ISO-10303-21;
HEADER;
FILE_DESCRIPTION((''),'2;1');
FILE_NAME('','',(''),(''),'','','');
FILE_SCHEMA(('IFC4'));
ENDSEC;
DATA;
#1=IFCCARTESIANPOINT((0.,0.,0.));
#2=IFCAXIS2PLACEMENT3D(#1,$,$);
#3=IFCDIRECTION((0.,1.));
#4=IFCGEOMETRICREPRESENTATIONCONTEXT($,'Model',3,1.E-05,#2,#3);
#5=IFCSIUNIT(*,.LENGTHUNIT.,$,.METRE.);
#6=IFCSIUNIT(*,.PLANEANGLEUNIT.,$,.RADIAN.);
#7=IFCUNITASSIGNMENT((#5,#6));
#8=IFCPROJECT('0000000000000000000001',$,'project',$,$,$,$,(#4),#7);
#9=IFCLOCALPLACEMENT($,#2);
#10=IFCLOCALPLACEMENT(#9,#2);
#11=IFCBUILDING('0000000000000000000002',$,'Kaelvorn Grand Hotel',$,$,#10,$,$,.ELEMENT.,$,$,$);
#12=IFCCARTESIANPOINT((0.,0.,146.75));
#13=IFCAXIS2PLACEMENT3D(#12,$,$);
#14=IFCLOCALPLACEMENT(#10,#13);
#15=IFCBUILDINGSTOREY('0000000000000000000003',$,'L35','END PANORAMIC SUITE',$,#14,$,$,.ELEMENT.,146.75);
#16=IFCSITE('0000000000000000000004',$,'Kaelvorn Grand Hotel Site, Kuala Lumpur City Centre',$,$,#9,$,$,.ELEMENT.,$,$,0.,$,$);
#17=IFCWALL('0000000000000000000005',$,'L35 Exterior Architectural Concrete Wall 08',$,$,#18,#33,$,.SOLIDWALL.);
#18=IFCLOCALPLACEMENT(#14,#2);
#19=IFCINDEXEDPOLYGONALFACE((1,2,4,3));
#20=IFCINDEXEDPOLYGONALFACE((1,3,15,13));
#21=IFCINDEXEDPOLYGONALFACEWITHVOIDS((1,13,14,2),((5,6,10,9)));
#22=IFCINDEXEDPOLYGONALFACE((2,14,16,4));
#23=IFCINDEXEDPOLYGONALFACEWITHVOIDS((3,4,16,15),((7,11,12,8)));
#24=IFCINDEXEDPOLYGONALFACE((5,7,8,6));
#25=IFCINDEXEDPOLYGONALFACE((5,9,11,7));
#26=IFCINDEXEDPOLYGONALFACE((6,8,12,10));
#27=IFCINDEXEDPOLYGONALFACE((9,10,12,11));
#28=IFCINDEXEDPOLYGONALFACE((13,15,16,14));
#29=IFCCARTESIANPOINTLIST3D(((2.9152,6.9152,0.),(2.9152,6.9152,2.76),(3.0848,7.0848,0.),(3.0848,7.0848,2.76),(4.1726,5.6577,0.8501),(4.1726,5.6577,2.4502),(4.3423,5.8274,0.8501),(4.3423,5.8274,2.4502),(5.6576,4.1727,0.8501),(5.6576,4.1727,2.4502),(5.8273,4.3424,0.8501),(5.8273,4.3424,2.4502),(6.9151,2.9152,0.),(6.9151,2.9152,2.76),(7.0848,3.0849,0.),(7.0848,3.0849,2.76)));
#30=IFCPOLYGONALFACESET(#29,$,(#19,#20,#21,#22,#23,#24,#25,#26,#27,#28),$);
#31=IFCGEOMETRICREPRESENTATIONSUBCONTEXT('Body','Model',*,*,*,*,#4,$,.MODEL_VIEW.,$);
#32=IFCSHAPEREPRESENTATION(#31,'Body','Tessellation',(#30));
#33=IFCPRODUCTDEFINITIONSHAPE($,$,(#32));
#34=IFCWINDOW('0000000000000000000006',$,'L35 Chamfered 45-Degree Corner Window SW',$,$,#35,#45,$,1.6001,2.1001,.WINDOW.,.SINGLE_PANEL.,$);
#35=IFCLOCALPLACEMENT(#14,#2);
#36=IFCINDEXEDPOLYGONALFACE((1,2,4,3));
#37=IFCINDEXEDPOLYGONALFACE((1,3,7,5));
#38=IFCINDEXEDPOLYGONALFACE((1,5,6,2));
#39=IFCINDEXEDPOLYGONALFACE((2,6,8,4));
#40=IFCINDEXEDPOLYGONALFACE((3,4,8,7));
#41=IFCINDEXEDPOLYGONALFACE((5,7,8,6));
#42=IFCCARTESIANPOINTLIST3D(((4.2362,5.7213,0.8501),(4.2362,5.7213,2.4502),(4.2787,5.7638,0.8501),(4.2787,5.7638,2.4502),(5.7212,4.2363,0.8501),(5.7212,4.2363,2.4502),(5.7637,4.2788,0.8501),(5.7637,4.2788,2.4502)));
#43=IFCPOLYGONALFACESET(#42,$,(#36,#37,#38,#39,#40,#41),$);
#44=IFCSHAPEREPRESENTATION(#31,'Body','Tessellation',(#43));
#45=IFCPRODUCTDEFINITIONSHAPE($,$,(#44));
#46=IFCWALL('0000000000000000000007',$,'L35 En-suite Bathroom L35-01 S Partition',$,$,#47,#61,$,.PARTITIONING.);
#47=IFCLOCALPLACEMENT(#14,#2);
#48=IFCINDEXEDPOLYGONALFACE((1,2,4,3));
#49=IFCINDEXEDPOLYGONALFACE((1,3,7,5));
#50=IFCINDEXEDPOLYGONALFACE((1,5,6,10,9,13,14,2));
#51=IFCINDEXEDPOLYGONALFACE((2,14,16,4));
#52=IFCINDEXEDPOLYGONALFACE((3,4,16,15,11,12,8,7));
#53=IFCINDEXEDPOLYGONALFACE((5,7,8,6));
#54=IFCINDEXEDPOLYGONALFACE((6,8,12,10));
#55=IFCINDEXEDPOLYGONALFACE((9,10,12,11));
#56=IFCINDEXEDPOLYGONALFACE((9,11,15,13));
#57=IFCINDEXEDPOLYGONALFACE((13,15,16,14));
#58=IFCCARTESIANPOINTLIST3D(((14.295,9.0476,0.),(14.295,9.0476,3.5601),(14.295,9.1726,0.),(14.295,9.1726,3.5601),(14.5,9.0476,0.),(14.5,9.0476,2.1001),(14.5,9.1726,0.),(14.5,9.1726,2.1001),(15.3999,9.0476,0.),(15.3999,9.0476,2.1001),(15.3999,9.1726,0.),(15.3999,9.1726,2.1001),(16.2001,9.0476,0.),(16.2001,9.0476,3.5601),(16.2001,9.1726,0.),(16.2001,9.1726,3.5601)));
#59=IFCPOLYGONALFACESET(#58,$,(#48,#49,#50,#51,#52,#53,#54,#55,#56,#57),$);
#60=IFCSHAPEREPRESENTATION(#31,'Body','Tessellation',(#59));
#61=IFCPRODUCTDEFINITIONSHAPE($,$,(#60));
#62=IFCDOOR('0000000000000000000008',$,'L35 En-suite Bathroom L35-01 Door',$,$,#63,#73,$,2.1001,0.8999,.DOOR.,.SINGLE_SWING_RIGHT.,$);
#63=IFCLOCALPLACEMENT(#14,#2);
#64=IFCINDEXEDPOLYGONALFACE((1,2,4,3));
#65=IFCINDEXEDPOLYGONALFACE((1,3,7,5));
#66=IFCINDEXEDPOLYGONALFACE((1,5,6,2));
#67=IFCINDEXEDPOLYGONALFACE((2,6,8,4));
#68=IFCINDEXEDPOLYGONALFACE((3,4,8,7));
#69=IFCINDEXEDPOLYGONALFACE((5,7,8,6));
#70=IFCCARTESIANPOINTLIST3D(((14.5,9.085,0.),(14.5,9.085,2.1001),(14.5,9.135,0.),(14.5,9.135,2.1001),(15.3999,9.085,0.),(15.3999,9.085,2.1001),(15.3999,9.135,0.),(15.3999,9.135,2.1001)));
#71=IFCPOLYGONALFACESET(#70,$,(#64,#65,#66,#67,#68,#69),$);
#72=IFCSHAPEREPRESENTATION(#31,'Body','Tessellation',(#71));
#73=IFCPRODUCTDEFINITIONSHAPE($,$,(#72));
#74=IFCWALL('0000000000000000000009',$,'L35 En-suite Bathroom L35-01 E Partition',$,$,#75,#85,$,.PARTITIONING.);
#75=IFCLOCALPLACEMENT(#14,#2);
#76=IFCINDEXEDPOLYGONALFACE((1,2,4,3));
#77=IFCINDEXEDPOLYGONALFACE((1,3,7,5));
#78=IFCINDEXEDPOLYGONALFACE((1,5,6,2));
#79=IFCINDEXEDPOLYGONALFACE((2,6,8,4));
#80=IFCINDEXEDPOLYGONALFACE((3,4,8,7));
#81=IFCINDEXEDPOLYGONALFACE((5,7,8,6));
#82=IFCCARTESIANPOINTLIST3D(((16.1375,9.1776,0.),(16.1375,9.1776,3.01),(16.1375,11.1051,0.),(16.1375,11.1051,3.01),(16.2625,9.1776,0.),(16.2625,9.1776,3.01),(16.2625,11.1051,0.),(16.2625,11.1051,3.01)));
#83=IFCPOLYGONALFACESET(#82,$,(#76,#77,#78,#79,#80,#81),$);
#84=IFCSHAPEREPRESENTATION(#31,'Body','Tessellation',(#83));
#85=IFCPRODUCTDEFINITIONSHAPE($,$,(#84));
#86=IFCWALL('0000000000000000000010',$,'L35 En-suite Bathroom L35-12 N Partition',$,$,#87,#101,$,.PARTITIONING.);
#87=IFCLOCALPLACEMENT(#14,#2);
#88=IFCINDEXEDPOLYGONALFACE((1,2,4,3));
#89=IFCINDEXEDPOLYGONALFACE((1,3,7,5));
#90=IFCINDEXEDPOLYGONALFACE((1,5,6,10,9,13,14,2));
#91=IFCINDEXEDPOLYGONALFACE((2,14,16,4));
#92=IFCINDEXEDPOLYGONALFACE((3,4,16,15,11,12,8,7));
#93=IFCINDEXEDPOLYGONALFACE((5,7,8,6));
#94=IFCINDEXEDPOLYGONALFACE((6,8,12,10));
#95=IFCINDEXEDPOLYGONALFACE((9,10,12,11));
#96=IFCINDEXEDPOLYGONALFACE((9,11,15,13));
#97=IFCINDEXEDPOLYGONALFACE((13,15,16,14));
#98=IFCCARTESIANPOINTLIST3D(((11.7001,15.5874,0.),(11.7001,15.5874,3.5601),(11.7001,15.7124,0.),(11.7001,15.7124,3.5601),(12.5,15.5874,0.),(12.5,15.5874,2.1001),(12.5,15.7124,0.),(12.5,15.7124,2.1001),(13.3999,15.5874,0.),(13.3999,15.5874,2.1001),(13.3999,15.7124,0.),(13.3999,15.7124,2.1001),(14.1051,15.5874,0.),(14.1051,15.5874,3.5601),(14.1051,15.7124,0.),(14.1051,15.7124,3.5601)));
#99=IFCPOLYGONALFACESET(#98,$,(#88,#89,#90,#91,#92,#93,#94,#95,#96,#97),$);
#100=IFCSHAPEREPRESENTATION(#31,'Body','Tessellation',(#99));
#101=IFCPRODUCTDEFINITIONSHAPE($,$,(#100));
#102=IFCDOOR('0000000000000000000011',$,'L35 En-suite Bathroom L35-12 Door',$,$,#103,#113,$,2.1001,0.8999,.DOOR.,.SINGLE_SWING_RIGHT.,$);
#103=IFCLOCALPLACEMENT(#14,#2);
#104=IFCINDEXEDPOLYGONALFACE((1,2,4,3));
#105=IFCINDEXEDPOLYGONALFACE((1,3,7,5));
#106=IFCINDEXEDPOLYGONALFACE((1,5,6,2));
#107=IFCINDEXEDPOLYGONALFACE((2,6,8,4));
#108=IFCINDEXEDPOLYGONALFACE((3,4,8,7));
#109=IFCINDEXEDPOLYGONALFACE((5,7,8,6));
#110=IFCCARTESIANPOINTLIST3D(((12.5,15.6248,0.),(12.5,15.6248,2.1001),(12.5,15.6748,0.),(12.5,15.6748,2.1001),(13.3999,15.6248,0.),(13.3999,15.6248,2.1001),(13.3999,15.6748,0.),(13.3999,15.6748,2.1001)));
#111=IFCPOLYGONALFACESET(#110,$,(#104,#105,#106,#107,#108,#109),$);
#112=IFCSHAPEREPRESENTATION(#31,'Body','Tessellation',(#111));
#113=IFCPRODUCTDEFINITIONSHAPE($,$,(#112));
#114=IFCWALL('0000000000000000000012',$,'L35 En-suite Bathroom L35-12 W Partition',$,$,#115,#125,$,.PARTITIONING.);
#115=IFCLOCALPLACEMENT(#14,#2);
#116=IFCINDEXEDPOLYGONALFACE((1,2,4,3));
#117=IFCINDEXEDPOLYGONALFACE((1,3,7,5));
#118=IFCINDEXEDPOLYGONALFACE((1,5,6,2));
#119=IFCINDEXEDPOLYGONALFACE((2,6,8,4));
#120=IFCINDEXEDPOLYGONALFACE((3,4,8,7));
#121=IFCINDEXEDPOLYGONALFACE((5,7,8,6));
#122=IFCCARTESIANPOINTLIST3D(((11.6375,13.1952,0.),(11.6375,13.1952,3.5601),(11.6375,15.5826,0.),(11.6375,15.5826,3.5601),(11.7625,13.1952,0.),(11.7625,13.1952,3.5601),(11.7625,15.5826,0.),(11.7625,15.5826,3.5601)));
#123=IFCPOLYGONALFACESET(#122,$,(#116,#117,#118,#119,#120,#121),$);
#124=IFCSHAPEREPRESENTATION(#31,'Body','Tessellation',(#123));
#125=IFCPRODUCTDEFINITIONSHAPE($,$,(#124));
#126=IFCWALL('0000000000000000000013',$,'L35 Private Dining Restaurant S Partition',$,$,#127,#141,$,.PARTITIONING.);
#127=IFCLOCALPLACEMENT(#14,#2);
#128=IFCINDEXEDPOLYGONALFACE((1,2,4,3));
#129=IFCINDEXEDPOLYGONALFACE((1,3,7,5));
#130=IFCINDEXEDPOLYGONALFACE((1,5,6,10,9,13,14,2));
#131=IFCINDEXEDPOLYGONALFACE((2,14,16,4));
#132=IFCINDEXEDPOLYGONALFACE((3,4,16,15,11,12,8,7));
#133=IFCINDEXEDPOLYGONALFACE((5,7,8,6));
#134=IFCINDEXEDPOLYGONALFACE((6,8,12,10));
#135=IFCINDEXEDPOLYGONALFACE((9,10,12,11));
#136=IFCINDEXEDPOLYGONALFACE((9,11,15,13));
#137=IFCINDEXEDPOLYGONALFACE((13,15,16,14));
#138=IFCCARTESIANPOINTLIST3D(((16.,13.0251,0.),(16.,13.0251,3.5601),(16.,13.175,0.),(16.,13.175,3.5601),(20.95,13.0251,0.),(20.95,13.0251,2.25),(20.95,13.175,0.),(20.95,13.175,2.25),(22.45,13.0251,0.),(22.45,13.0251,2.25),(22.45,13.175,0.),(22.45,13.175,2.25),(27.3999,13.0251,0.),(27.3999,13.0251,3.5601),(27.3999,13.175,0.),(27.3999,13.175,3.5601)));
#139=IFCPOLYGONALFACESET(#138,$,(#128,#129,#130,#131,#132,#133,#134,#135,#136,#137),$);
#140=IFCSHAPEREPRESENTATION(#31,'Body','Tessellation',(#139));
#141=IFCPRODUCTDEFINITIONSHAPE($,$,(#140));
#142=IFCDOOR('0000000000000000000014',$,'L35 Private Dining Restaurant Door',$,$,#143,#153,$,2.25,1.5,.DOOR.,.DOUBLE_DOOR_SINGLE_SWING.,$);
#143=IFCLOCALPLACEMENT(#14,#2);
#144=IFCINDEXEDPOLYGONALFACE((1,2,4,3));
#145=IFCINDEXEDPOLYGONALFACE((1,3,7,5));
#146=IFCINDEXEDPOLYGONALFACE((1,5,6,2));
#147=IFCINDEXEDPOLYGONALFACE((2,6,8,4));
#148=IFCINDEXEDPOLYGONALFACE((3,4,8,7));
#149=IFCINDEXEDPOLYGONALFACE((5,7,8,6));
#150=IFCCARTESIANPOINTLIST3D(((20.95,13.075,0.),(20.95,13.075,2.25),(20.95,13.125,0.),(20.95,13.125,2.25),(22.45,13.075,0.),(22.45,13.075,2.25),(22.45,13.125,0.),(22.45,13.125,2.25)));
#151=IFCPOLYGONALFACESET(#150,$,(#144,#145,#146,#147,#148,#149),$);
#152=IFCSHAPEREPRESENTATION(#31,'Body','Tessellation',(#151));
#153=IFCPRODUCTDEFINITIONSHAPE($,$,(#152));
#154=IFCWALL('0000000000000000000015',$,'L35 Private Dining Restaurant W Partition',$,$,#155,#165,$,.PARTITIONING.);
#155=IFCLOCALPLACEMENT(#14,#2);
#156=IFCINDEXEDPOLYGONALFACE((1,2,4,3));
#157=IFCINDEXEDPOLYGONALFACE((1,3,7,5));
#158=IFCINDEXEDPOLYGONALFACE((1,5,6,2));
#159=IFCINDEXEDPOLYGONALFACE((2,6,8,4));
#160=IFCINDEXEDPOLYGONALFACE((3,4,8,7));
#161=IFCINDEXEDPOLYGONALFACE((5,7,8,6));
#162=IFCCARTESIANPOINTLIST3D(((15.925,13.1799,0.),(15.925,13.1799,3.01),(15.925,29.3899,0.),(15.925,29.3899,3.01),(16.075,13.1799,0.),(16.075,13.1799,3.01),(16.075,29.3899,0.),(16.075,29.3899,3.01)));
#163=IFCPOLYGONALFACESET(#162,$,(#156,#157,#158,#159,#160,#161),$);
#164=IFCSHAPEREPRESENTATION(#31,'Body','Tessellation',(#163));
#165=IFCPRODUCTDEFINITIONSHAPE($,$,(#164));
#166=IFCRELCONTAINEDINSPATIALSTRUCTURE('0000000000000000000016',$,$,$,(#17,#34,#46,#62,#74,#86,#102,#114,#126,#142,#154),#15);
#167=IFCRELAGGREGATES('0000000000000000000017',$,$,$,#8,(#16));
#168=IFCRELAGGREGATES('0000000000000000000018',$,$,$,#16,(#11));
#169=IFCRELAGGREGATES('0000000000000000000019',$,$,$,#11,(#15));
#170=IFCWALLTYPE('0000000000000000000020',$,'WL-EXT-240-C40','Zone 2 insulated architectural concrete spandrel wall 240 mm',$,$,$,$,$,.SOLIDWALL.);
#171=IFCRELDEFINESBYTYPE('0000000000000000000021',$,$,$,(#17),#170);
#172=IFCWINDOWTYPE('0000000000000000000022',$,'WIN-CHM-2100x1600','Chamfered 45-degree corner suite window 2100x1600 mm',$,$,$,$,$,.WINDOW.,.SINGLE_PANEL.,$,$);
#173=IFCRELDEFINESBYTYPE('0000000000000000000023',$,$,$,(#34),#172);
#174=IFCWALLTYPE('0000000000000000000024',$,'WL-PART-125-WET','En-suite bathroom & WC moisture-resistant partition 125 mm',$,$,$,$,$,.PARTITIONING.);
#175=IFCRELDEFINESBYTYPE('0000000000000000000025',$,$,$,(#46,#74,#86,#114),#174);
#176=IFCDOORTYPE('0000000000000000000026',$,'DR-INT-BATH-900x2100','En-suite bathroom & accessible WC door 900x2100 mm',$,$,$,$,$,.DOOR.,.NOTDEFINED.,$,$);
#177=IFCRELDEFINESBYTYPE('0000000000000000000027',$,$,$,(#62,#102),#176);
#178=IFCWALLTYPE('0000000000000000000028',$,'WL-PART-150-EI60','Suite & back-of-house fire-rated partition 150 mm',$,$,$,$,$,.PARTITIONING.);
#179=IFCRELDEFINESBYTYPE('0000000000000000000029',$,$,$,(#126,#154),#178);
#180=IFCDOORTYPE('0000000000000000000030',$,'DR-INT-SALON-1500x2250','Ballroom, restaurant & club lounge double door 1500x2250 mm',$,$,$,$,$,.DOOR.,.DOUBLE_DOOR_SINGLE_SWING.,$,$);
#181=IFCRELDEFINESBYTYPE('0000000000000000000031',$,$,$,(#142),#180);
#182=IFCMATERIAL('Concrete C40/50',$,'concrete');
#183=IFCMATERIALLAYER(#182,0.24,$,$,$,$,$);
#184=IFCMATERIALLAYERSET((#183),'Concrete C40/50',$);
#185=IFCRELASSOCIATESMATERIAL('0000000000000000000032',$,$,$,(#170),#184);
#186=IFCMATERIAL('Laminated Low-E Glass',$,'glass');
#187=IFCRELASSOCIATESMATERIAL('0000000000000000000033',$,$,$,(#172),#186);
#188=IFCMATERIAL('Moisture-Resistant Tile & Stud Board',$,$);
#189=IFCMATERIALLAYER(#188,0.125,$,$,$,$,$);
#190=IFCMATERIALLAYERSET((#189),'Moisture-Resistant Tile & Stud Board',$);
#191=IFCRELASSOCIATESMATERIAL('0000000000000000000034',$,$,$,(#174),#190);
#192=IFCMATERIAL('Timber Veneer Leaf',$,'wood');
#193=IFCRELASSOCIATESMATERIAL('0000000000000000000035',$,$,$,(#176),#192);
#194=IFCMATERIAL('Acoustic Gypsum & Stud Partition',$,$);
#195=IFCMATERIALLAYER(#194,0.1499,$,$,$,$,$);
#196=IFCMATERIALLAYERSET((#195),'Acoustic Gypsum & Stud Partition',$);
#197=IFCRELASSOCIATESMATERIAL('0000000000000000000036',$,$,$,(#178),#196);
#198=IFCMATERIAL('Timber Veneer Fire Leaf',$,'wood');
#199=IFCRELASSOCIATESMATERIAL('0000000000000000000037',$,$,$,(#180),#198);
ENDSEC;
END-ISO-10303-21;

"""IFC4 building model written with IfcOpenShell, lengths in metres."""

from ifc_helpers import new_model, si_unit, direction, frame, frame_2d, origin, place, context, subcontext, project, spatial, rectangle, extrude, material, layer, layer_set, type_object, element, fill, save


model = new_model("IFC4")

# Units and contexts
model_context = context("Model", 3, precision=1e-05, world=origin(), true_north=direction((0.0, 1.0)))
body_context = subcontext(model_context, "Body", "Model", "MODEL_VIEW")
ifc_project = project(units=[si_unit("LENGTHUNIT", "METRE"), si_unit("PLANEANGLEUNIT", "RADIAN")], contexts=[model_context])

# Site, building, storey
site_placement = place(None, origin())
site = spatial("IfcSite", under=ifc_project, at=site_placement, Name="Kaelvorn Grand Hotel Site, Kuala Lumpur City Centre", CompositionType="ELEMENT", RefElevation=0.0)
building_placement = place(site_placement, origin())
building = spatial("IfcBuilding", under=site, at=building_placement, Name="Kaelvorn Grand Hotel", CompositionType="ELEMENT")
storey_placement = place(building_placement, frame((0.0, 0.0, 146.75)))
storey = spatial("IfcBuildingStorey", under=building, at=storey_placement, Name="L35", Description="END PANORAMIC SUITE", CompositionType="ELEMENT", Elevation=146.75)

# Wall, opening, window
ifc_material_1 = material(Name="Concrete C40/50", Category="concrete")
ifc_layer_1 = layer(ifc_material_1, 0.24)
ifc_layer_set_1 = layer_set([ifc_layer_1], Name="Concrete C40/50")
wall_type_1 = type_object("IfcWallType", Name="WL-EXT-240-C40", Description="Zone 2 insulated architectural concrete spandrel wall 240 mm", PredefinedType="SOLIDWALL", material=ifc_layer_set_1)
wall_1_placement = place(storey_placement, frame((3.0, 7.0, 0.0), z_axis=(0.0, 0.0, 1.0), x_axis=(0.707107, -0.707107, 0.0)))
wall_1 = element("IfcWall", 1, at=wall_1_placement, inside=storey, type_object=wall_type_1, Name="L35 Exterior Architectural Concrete Wall 08", PredefinedType="SOLIDWALL", context=body_context, shape_type="SweptSolid", body=[
    extrude(rectangle(XDim=5.6567, YDim=0.24, at=frame_2d((2.8284, 0.0))), origin(), (0.0, 0.0, 1.0), 2.76),
])
opening_1_placement = place(wall_1_placement, frame((1.7783, 0.0, 0.8501)))
opening_1 = element("IfcOpeningElement", 2, at=opening_1_placement, cuts=wall_1, PredefinedType="OPENING", context=body_context, shape_type="SweptSolid", body=[
    extrude(rectangle(XDim=2.1001, YDim=1.6001, at=frame_2d((1.05, 0.8))), frame((0.0, 0.1299, 0.0), z_axis=(0.0, -1.0, 0.0), x_axis=(1.0, 0.0, 0.0)), (0.0, 0.0, 1.0), 0.26),
])
ifc_material_2 = material(Name="Laminated Low-E Glass", Category="glass")
window_type = type_object("IfcWindowType", Name="WIN-CHM-2100x1600", Description="Chamfered 45-degree corner suite window 2100x1600 mm", PartitioningType="SINGLE_PANEL", PredefinedType="WINDOW", material=ifc_material_2)
window_placement = place(opening_1_placement, origin())
window = element("IfcWindow", 3, at=window_placement, inside=storey, type_object=window_type, Name="L35 Chamfered 45-Degree Corner Window SW", OverallHeight=1.6001, OverallWidth=2.1001, PartitioningType="SINGLE_PANEL", PredefinedType="WINDOW", context=body_context, shape_type="SweptSolid", body=[
    extrude(rectangle(XDim=2.1001, YDim=1.6001, at=frame_2d((1.05, 0.8))), frame((0.0, 0.03, 0.0), z_axis=(0.0, -1.0, 0.0), x_axis=(1.0, 0.0, 0.0)), (0.0, 0.0, 1.0), 0.0601),
])
fill(opening_1, window)

# Wall, opening, door
ifc_material_3 = material(Name="Moisture-Resistant Tile & Stud Board")
ifc_layer_2 = layer(ifc_material_3, 0.125)
ifc_layer_set_2 = layer_set([ifc_layer_2], Name="Moisture-Resistant Tile & Stud Board")
wall_type_2 = type_object("IfcWallType", Name="WL-PART-125-WET", Description="En-suite bathroom & WC moisture-resistant partition 125 mm", PredefinedType="PARTITIONING", material=ifc_layer_set_2)
wall_2_placement = place(storey_placement, frame((14.2949, 9.1101, 0.0), z_axis=(0.0, 0.0, 1.0), x_axis=(1.0, 0.0, 0.0)))
wall_2 = element("IfcWall", 4, at=wall_2_placement, inside=storey, type_object=wall_type_2, Name="L35 En-suite Bathroom L35-01 S Partition", PredefinedType="PARTITIONING", context=body_context, shape_type="SweptSolid", body=[
    extrude(rectangle(XDim=1.905, YDim=0.125, at=frame_2d((0.9526, 0.0))), origin(), (0.0, 0.0, 1.0), 3.5601),
])
opening_2_placement = place(wall_2_placement, frame((0.2051, 0.0, 0.0)))
opening_2 = element("IfcOpeningElement", 5, at=opening_2_placement, cuts=wall_2, PredefinedType="OPENING", context=body_context, shape_type="SweptSolid", body=[
    extrude(rectangle(XDim=0.8999, YDim=2.1001, at=frame_2d((0.45, 1.05))), frame((0.0, 0.0725, 0.0), z_axis=(0.0, -1.0, 0.0), x_axis=(1.0, 0.0, 0.0)), (0.0, 0.0, 1.0), 0.145),
])
ifc_material_4 = material(Name="Timber Veneer Leaf", Category="wood")
door_type_1 = type_object("IfcDoorType", Name="DR-INT-BATH-900x2100", Description="En-suite bathroom & accessible WC door 900x2100 mm", OperationType="NOTDEFINED", PredefinedType="DOOR", material=ifc_material_4)
door_1_placement = place(opening_2_placement, origin())
door_1 = element("IfcDoor", 6, at=door_1_placement, inside=storey, type_object=door_type_1, Name="L35 En-suite Bathroom L35-01 Door", OperationType="SINGLE_SWING_RIGHT", OverallHeight=2.1001, OverallWidth=0.8999, PredefinedType="DOOR", context=body_context, shape_type="SweptSolid", body=[
    extrude(rectangle(XDim=0.8999, YDim=2.1001, at=frame_2d((0.45, 1.05))), frame((0.0, 0.0249, 0.0), z_axis=(0.0, -1.0, 0.0), x_axis=(1.0, 0.0, 0.0)), (0.0, 0.0, 1.0), 0.05),
])
fill(opening_2, door_1)

# Wall
wall_3_placement = place(storey_placement, frame((16.2, 9.1775, 0.0), z_axis=(0.0, 0.0, 1.0), x_axis=(0.0, 1.0, 0.0)))
element("IfcWall", 7, at=wall_3_placement, inside=storey, type_object=wall_type_2, Name="L35 En-suite Bathroom L35-01 E Partition", PredefinedType="PARTITIONING", context=body_context, shape_type="SweptSolid", body=[
    extrude(rectangle(XDim=1.9275, YDim=0.125, at=frame_2d((0.9639, 0.0))), origin(), (0.0, 0.0, 1.0), 3.01),
])

# Wall, opening, door
wall_4_placement = place(storey_placement, frame((11.7, 15.6499, 0.0), z_axis=(0.0, 0.0, 1.0), x_axis=(1.0, 0.0, 0.0)))
wall_4 = element("IfcWall", 8, at=wall_4_placement, inside=storey, type_object=wall_type_2, Name="L35 En-suite Bathroom L35-12 N Partition", PredefinedType="PARTITIONING", context=body_context, shape_type="SweptSolid", body=[
    extrude(rectangle(XDim=2.405, YDim=0.125, at=frame_2d((1.2026, 0.0))), origin(), (0.0, 0.0, 1.0), 3.5601),
])
opening_3_placement = place(wall_4_placement, frame((0.8, 0.0, 0.0)))
opening_3 = element("IfcOpeningElement", 9, at=opening_3_placement, cuts=wall_4, PredefinedType="OPENING", context=body_context, shape_type="SweptSolid", body=[
    extrude(rectangle(XDim=0.8999, YDim=2.1001, at=frame_2d((0.45, 1.05))), frame((0.0, 0.0725, 0.0), z_axis=(0.0, -1.0, 0.0), x_axis=(1.0, 0.0, 0.0)), (0.0, 0.0, 1.0), 0.145),
])
door_2_placement = place(opening_3_placement, origin())
door_2 = element("IfcDoor", 10, at=door_2_placement, inside=storey, type_object=door_type_1, Name="L35 En-suite Bathroom L35-12 Door", OperationType="SINGLE_SWING_RIGHT", OverallHeight=2.1001, OverallWidth=0.8999, PredefinedType="DOOR", context=body_context, shape_type="SweptSolid", body=[
    extrude(rectangle(XDim=0.8999, YDim=2.1001, at=frame_2d((0.45, 1.05))), frame((0.0, 0.0249, 0.0), z_axis=(0.0, -1.0, 0.0), x_axis=(1.0, 0.0, 0.0)), (0.0, 0.0, 1.0), 0.05),
])
fill(opening_3, door_2)

# Wall
wall_5_placement = place(storey_placement, frame((11.7, 13.1951, 0.0), z_axis=(0.0, 0.0, 1.0), x_axis=(0.0, 1.0, 0.0)))
element("IfcWall", 11, at=wall_5_placement, inside=storey, type_object=wall_type_2, Name="L35 En-suite Bathroom L35-12 W Partition", PredefinedType="PARTITIONING", context=body_context, shape_type="SweptSolid", body=[
    extrude(rectangle(XDim=2.3875, YDim=0.125, at=frame_2d((1.1938, 0.0))), origin(), (0.0, 0.0, 1.0), 3.5601),
])

# Wall, opening, door
ifc_material_5 = material(Name="Acoustic Gypsum & Stud Partition")
ifc_layer_3 = layer(ifc_material_5, 0.1499)
ifc_layer_set_3 = layer_set([ifc_layer_3], Name="Acoustic Gypsum & Stud Partition")
wall_type_3 = type_object("IfcWallType", Name="WL-PART-150-EI60", Description="Suite & back-of-house fire-rated partition 150 mm", PredefinedType="PARTITIONING", material=ifc_layer_set_3)
wall_6_placement = place(storey_placement, frame((16.0, 13.1001, 0.0), z_axis=(0.0, 0.0, 1.0), x_axis=(1.0, 0.0, 0.0)))
wall_6 = element("IfcWall", 12, at=wall_6_placement, inside=storey, type_object=wall_type_3, Name="L35 Private Dining Restaurant S Partition", PredefinedType="PARTITIONING", context=body_context, shape_type="SweptSolid", body=[
    extrude(rectangle(XDim=11.3999, YDim=0.1499, at=frame_2d((5.7, 0.0))), origin(), (0.0, 0.0, 1.0), 3.5601),
])
opening_4_placement = place(wall_6_placement, frame((4.95, 0.0, 0.0)))
opening_4 = element("IfcOpeningElement", 13, at=opening_4_placement, cuts=wall_6, PredefinedType="OPENING", context=body_context, shape_type="SweptSolid", body=[
    extrude(rectangle(XDim=1.5, YDim=2.25, at=frame_2d((0.75, 1.125))), frame((0.0, 0.085, 0.0), z_axis=(0.0, -1.0, 0.0), x_axis=(1.0, 0.0, 0.0)), (0.0, 0.0, 1.0), 0.1699),
])
ifc_material_6 = material(Name="Timber Veneer Fire Leaf", Category="wood")
door_type_2 = type_object("IfcDoorType", Name="DR-INT-SALON-1500x2250", Description="Ballroom, restaurant & club lounge double door 1500x2250 mm", OperationType="DOUBLE_DOOR_SINGLE_SWING", PredefinedType="DOOR", material=ifc_material_6)
door_3_placement = place(opening_4_placement, origin())
door_3 = element("IfcDoor", 14, at=door_3_placement, inside=storey, type_object=door_type_2, Name="L35 Private Dining Restaurant Door", OperationType="DOUBLE_DOOR_SINGLE_SWING", OverallHeight=2.25, OverallWidth=1.5, PredefinedType="DOOR", context=body_context, shape_type="SweptSolid", body=[
    extrude(rectangle(XDim=1.5, YDim=2.25, at=frame_2d((0.75, 1.125))), frame((0.0, 0.0249, 0.0), z_axis=(0.0, -1.0, 0.0), x_axis=(1.0, 0.0, 0.0)), (0.0, 0.0, 1.0), 0.05),
])
fill(opening_4, door_3)

# Wall
wall_7_placement = place(storey_placement, frame((16.0, 13.1799, 0.0), z_axis=(0.0, 0.0, 1.0), x_axis=(0.0, 1.0, 0.0)))
element("IfcWall", 15, at=wall_7_placement, inside=storey, type_object=wall_type_3, Name="L35 Private Dining Restaurant W Partition", PredefinedType="PARTITIONING", context=body_context, shape_type="SweptSolid", body=[
    extrude(rectangle(XDim=16.21, YDim=0.1499, at=frame_2d((8.105, 0.0))), origin(), (0.0, 0.0, 1.0), 3.01),
])

save(model, "model.ifc")
